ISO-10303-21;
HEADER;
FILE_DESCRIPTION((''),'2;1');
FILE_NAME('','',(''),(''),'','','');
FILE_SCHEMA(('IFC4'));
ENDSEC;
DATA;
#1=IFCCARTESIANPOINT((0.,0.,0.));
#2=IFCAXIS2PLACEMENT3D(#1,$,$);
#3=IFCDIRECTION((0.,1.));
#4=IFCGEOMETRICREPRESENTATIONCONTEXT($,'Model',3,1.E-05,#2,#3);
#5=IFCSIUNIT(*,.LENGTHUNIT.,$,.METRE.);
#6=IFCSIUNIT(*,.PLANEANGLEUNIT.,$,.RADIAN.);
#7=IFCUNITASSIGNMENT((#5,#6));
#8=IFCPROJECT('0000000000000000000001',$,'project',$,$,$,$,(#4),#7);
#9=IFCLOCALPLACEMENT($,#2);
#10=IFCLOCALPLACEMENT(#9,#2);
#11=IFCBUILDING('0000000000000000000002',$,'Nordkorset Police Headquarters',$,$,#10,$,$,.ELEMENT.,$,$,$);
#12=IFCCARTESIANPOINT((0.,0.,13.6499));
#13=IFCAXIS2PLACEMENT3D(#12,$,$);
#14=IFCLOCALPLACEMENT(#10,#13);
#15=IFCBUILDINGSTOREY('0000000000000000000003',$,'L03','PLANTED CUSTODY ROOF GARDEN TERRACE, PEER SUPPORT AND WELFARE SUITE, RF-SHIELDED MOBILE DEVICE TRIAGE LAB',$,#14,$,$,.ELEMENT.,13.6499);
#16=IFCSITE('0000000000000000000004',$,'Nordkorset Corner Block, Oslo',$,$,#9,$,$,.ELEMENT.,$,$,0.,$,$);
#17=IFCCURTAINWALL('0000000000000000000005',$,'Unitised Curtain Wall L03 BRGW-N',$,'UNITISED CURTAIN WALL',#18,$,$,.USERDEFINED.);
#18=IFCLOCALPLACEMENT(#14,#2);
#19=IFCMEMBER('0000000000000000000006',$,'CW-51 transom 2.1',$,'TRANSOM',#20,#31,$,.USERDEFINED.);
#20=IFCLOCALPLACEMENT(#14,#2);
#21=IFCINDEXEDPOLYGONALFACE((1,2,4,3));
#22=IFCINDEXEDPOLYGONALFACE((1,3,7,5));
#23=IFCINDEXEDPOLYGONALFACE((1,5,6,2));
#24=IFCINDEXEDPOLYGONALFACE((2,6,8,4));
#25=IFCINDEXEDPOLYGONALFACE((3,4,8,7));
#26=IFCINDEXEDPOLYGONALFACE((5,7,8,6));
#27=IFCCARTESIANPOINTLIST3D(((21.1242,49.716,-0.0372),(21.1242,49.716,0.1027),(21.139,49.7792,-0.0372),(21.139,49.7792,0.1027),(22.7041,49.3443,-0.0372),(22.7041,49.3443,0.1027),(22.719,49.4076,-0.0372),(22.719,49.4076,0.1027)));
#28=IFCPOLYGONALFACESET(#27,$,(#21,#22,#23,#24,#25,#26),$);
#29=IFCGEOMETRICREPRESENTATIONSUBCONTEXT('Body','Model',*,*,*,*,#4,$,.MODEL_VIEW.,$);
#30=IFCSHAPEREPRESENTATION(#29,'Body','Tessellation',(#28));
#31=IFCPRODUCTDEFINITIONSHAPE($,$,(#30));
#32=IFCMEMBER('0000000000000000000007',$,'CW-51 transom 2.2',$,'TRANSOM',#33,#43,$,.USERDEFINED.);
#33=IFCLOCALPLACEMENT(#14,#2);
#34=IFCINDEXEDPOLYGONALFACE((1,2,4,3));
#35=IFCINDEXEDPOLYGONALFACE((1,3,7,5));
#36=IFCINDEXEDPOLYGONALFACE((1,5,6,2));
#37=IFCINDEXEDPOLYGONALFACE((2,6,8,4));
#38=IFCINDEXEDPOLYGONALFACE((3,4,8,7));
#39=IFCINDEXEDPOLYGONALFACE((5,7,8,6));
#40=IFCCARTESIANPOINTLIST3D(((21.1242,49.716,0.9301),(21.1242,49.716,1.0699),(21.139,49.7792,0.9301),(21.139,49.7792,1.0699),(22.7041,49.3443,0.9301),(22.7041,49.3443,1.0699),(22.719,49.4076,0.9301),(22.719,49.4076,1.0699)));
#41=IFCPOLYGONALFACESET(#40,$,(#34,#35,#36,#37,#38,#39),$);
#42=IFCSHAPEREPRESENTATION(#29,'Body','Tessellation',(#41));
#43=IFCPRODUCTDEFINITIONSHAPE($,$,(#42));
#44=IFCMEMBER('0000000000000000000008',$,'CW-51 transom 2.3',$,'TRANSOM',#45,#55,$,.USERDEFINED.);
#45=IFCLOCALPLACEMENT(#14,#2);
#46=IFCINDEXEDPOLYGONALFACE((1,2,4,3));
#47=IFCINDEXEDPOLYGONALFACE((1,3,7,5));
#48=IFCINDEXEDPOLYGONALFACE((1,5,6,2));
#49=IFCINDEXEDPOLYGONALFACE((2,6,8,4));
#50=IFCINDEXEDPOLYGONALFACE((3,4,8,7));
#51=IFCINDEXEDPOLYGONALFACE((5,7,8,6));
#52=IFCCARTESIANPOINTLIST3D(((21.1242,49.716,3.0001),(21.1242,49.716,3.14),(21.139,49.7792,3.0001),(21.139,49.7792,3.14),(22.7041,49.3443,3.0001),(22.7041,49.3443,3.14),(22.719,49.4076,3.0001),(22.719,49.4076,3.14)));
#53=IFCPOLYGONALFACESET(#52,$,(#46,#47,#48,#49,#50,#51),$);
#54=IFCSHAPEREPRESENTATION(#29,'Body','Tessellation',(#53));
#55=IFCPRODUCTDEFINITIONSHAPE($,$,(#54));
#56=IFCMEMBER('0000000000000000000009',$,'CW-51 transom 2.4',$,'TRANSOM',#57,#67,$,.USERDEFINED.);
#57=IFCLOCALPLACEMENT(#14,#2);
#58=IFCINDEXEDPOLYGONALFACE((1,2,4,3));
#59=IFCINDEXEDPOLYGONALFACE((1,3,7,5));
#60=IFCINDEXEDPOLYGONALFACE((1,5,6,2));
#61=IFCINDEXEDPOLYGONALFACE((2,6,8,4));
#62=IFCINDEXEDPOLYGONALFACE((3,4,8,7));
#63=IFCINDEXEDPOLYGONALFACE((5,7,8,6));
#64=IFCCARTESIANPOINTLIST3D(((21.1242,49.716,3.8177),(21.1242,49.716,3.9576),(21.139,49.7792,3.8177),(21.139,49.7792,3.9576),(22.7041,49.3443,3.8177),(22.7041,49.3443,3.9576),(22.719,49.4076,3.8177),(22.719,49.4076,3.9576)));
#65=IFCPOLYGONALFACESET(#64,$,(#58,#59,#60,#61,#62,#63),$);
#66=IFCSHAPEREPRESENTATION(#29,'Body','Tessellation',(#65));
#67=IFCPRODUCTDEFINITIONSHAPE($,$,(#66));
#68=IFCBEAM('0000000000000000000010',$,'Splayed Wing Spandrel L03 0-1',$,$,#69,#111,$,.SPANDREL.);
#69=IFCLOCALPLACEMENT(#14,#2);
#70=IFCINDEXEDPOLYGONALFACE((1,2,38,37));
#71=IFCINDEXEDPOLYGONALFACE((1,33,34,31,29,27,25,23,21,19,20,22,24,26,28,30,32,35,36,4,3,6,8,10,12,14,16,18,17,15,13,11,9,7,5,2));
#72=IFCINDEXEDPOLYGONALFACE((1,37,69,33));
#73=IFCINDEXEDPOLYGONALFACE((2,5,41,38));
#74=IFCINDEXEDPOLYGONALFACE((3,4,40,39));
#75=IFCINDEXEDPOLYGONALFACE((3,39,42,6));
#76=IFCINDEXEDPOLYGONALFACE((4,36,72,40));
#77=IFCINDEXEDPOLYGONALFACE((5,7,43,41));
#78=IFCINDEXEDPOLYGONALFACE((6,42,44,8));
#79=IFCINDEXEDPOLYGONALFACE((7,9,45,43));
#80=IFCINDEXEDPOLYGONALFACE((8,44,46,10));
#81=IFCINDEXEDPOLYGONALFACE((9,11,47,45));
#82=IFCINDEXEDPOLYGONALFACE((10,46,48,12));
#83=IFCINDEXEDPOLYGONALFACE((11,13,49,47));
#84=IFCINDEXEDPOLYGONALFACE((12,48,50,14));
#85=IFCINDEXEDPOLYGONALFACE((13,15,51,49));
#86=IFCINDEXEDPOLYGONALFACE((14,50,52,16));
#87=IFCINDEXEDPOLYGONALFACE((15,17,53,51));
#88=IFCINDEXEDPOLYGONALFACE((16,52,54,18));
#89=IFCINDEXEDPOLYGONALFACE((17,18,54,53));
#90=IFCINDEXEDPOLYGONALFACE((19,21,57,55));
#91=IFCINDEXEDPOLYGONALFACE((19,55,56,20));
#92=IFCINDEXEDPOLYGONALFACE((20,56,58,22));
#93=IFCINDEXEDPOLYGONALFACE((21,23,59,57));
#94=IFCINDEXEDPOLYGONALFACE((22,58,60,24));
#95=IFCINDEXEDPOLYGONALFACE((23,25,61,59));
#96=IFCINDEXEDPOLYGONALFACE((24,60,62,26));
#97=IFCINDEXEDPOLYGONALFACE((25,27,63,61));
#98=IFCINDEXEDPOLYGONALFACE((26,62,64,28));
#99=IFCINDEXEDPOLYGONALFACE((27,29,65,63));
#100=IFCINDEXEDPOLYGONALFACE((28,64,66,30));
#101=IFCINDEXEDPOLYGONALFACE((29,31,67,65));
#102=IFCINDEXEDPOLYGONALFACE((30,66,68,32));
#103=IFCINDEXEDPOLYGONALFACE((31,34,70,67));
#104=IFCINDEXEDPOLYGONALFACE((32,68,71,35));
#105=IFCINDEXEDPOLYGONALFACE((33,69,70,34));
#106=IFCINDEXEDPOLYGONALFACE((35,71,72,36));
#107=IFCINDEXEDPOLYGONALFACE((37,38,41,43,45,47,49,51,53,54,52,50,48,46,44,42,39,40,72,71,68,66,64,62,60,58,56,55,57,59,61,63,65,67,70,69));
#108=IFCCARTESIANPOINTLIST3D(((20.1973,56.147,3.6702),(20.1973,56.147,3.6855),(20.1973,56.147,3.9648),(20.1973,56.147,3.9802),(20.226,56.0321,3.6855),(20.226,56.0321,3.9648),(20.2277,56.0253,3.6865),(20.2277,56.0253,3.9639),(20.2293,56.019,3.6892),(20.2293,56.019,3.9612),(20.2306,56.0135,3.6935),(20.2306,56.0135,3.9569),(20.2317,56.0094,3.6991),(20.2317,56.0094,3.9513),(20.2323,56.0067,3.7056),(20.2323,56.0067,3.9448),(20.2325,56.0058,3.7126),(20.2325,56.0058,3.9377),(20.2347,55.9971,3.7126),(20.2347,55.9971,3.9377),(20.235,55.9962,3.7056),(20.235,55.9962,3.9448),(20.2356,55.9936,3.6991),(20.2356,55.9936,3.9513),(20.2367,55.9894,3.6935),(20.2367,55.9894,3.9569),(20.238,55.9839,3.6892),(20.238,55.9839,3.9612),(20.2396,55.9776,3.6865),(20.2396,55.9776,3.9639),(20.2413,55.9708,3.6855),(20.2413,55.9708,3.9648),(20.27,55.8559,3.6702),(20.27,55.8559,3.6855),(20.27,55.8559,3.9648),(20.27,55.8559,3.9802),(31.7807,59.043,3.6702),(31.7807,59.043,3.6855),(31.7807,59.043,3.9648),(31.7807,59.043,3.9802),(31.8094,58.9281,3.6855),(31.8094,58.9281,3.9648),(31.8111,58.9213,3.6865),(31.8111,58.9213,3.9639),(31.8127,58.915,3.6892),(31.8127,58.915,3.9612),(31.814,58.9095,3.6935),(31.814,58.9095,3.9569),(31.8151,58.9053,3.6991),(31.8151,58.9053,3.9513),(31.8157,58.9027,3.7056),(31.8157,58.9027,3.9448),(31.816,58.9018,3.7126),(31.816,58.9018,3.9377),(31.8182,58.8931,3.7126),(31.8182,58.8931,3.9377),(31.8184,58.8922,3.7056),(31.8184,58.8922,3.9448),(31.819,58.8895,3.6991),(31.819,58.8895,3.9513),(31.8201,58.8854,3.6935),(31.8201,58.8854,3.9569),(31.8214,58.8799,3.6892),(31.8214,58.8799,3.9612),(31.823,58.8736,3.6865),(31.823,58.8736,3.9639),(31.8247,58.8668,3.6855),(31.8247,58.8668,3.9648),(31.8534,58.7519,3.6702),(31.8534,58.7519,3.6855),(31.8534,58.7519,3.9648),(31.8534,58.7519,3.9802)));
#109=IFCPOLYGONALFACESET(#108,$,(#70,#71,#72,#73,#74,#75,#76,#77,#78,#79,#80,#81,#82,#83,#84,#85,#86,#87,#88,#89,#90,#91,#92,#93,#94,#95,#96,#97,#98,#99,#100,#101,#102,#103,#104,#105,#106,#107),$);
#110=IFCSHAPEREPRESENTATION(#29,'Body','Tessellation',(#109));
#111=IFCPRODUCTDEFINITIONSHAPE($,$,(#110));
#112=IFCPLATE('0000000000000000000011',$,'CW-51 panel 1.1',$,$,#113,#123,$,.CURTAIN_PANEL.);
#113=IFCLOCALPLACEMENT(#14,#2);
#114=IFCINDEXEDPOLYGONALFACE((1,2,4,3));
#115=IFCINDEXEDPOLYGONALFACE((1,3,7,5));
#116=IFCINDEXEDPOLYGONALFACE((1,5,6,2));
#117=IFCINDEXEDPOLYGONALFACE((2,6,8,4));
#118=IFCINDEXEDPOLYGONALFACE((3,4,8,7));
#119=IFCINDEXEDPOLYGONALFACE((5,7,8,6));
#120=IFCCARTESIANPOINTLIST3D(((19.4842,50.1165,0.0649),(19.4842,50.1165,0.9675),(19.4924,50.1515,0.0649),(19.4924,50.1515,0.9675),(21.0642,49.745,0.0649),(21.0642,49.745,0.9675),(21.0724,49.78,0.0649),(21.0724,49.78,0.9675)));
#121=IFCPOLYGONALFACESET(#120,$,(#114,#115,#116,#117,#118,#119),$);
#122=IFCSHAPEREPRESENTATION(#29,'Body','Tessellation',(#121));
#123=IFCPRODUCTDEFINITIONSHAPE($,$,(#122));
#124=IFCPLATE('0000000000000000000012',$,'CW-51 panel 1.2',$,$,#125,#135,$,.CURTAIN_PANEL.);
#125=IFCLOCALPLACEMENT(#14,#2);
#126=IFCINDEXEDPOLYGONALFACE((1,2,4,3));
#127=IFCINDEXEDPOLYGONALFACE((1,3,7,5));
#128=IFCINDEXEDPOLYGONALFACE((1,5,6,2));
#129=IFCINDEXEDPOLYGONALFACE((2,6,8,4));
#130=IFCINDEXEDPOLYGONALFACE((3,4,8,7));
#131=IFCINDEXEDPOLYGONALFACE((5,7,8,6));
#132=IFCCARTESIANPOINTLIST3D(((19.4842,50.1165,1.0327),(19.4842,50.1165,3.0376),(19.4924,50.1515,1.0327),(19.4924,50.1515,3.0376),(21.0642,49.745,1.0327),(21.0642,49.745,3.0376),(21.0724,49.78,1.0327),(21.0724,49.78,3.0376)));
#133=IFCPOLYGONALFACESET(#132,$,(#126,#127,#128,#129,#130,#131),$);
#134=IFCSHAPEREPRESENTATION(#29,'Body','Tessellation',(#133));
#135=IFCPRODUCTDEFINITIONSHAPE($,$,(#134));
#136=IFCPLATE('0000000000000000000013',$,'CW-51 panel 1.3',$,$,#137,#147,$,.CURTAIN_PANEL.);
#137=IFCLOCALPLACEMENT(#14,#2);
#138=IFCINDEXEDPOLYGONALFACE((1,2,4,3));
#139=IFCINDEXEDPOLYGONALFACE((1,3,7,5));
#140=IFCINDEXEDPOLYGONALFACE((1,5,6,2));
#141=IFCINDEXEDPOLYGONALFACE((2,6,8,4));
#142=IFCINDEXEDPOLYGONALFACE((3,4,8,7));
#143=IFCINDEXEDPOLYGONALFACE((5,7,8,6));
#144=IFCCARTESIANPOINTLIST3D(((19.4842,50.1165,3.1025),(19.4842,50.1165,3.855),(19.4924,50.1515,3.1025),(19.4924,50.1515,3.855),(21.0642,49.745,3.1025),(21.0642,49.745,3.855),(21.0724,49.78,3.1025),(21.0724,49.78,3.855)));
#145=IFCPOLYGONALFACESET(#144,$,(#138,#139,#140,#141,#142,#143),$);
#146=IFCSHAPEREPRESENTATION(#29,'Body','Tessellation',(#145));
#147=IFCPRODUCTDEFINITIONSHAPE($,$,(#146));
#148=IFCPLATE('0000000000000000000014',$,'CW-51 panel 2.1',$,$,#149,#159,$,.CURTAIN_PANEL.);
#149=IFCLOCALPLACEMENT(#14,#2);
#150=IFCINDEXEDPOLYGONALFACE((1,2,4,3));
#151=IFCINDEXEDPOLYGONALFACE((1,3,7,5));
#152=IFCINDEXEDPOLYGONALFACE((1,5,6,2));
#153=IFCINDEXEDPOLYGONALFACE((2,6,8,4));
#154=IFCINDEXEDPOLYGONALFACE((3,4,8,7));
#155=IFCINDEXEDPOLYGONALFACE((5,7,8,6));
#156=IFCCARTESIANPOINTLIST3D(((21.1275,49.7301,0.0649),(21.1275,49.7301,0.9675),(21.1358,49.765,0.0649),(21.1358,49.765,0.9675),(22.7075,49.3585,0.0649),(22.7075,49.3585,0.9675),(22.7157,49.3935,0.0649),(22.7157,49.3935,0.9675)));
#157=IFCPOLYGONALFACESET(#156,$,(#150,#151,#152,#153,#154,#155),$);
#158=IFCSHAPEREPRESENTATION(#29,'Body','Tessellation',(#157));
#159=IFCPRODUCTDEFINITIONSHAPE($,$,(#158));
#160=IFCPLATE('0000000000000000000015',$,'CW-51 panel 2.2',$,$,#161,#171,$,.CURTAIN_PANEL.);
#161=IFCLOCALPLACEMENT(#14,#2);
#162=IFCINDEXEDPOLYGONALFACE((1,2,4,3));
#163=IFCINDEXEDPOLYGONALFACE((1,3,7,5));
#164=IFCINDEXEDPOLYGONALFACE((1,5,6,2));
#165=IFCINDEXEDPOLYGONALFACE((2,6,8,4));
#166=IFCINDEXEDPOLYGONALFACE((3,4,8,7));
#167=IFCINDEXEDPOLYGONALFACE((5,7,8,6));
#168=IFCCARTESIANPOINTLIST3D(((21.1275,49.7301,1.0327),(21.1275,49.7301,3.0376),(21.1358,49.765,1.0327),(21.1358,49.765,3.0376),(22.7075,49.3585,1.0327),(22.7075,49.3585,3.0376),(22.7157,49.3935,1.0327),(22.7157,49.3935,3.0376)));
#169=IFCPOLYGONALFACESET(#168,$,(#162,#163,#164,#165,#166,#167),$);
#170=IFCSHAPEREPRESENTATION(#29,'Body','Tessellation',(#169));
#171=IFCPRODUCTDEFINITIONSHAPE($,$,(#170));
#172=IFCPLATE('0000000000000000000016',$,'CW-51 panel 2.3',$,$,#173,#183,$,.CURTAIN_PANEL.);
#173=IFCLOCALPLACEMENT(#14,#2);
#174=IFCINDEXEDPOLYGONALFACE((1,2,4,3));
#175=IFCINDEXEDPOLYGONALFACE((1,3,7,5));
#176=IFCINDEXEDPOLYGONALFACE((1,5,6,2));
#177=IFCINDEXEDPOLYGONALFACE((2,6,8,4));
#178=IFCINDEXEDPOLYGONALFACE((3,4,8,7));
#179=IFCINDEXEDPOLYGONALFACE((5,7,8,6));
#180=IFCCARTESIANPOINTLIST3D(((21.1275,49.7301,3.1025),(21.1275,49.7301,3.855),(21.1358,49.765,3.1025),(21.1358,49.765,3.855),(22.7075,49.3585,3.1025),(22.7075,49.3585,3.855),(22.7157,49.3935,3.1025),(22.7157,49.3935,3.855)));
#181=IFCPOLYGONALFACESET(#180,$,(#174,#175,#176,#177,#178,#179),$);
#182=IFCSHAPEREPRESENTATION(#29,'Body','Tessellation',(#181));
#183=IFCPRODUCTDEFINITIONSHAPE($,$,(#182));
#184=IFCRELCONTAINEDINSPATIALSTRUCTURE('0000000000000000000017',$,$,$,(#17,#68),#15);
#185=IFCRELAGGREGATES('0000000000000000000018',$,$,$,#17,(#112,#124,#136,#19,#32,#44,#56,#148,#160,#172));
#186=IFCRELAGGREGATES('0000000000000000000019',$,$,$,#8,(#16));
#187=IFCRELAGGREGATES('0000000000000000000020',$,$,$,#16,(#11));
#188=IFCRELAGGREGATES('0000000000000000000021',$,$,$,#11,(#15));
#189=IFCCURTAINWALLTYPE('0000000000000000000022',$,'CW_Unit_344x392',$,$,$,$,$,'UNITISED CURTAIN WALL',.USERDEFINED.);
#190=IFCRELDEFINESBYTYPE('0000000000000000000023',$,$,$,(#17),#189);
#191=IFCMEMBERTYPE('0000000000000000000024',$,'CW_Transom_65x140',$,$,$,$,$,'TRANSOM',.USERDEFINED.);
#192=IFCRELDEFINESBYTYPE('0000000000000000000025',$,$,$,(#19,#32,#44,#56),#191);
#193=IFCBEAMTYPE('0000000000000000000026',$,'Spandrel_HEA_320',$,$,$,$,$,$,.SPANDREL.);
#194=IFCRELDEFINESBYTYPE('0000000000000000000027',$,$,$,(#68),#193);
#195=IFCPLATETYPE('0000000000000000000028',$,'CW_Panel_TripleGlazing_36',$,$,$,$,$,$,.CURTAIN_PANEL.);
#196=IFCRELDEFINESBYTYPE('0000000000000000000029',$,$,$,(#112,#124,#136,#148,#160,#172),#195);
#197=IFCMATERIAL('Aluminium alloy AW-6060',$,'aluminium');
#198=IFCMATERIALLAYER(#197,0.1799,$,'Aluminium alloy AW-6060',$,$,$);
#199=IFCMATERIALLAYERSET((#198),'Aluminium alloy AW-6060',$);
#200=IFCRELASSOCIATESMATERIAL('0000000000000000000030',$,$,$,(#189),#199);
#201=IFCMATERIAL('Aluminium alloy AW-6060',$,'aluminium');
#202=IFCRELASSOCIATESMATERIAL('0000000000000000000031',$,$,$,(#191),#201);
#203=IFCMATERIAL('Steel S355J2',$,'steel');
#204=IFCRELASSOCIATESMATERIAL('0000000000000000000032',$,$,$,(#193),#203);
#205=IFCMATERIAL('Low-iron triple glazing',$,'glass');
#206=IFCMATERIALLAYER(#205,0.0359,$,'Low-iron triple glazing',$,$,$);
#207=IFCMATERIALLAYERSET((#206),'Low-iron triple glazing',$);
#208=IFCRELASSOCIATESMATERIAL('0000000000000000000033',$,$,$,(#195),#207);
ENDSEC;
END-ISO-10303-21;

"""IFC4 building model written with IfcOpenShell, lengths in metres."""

from ifc_helpers import new_model, si_unit, direction, frame, origin, origin_2d, place, context, subcontext, project, spatial, rectangle, i_section, extrude, material, layer, layer_set, material_profile, profile_set, type_object, element, aggregate, save


model = new_model("IFC4")

# Units and contexts
model_context = context("Model", 3, precision=1e-05, world=origin(), true_north=direction((0.0, 1.0)))
body_context = subcontext(model_context, "Body", "Model", "MODEL_VIEW")
ifc_project = project(units=[si_unit("LENGTHUNIT", "METRE"), si_unit("PLANEANGLEUNIT", "RADIAN")], contexts=[model_context])

# Site, building, storey
site_placement = place(None, origin())
site = spatial("IfcSite", under=ifc_project, at=site_placement, Name="Nordkorset Corner Block, Oslo", CompositionType="ELEMENT", RefElevation=0.0)
building_placement = place(site_placement, origin())
building = spatial("IfcBuilding", under=site, at=building_placement, Name="Nordkorset Police Headquarters", CompositionType="ELEMENT")
storey_placement = place(building_placement, frame((0.0, 0.0, 13.6499)))
storey = spatial("IfcBuildingStorey", under=building, at=storey_placement, Name="L03", Description="PLANTED CUSTODY ROOF GARDEN TERRACE, PEER SUPPORT AND WELFARE SUITE, RF-SHIELDED MOBILE DEVICE TRIAGE LAB", CompositionType="ELEMENT", Elevation=13.6499)

# Curtain wall, members
ifc_material_1 = material(Name="Aluminium alloy AW-6060", Category="aluminium")
ifc_layer_1 = layer(ifc_material_1, 0.1799, Name="Aluminium alloy AW-6060")
ifc_layer_set_1 = layer_set([ifc_layer_1], Name="Aluminium alloy AW-6060")
curtain_wall_type_1 = type_object("IfcCurtainWallType", Name="CW_Unit_344x392", ElementType="UNITISED CURTAIN WALL", PredefinedType="USERDEFINED", material=ifc_layer_set_1)
curtain_wall_1_placement = place(storey_placement, origin())
curtain_wall_1 = element("IfcCurtainWall", 1, at=curtain_wall_1_placement, inside=storey, type_object=curtain_wall_type_1, Name="Unitised Curtain Wall L03 BRGW-N", ObjectType="UNITISED CURTAIN WALL", PredefinedType="USERDEFINED")
ifc_material_2 = material(Name="Aluminium alloy AW-6060", Category="aluminium")
ifc_material_profile_1 = material_profile(ifc_material_2, rectangle(XDim=0.0649, YDim=0.1399, at=origin_2d()), Name="ALU TRAN 65x140")
ifc_profile_set_1 = profile_set([ifc_material_profile_1], Name="Aluminium alloy AW-6060")
member_type_1 = type_object("IfcMemberType", Name="CW_Transom_65x140", ElementType="TRANSOM", PredefinedType="USERDEFINED", material=ifc_profile_set_1)
member_1_placement = place(storey_placement, frame((21.1316, 49.7476, 0.0327), z_axis=(0.973437, -0.228955, 0.0), x_axis=(0.228955, 0.973437, 0.0)))
member_1 = element("IfcMember", 2, at=member_1_placement, type_object=member_type_1, Name="CW-51 transom 2.1", ObjectType="TRANSOM", PredefinedType="USERDEFINED", context=body_context, shape_type="SweptSolid", body=[
    extrude(rectangle(XDim=0.0649, YDim=0.1399, at=origin_2d()), origin(), (0.0, 0.0, 1.0), 1.623),
])
member_2_placement = place(storey_placement, frame((21.1316, 49.7476, 1.0), z_axis=(0.973437, -0.228955, 0.0), x_axis=(0.228955, 0.973437, 0.0)))
member_2 = element("IfcMember", 3, at=member_2_placement, type_object=member_type_1, Name="CW-51 transom 2.2", ObjectType="TRANSOM", PredefinedType="USERDEFINED", context=body_context, shape_type="SweptSolid", body=[
    extrude(rectangle(XDim=0.0649, YDim=0.1399, at=origin_2d()), origin(), (0.0, 0.0, 1.0), 1.623),
])
member_3_placement = place(storey_placement, frame((21.1316, 49.7476, 3.0701), z_axis=(0.973437, -0.228955, 0.0), x_axis=(0.228955, 0.973437, 0.0)))
member_3 = element("IfcMember", 4, at=member_3_placement, type_object=member_type_1, Name="CW-51 transom 2.3", ObjectType="TRANSOM", PredefinedType="USERDEFINED", context=body_context, shape_type="SweptSolid", body=[
    extrude(rectangle(XDim=0.0649, YDim=0.1399, at=origin_2d()), origin(), (0.0, 0.0, 1.0), 1.623),
])
member_4_placement = place(storey_placement, frame((21.1316, 49.7476, 3.8877), z_axis=(0.973437, -0.228955, 0.0), x_axis=(0.228955, 0.973437, 0.0)))
member_4 = element("IfcMember", 5, at=member_4_placement, type_object=member_type_1, Name="CW-51 transom 2.4", ObjectType="TRANSOM", PredefinedType="USERDEFINED", context=body_context, shape_type="SweptSolid", body=[
    extrude(rectangle(XDim=0.0649, YDim=0.1399, at=origin_2d()), origin(), (0.0, 0.0, 1.0), 1.623),
])

# Beam
ifc_material_3 = material(Name="Steel S355J2", Category="steel")
ifc_material_profile_2 = material_profile(ifc_material_3, i_section(OverallWidth=0.3, OverallDepth=0.3101, WebThickness=0.009, FlangeThickness=0.0154, FilletRadius=0.0271, at=origin_2d()), Name="HEA 320")
ifc_profile_set_2 = profile_set([ifc_material_profile_2], Name="Steel S355J2")
beam_type = type_object("IfcBeamType", Name="Spandrel_HEA_320", PredefinedType="SPANDREL", material=ifc_profile_set_2)
beam_placement = place(storey_placement, frame((20.2336, 56.0015, 3.8252), z_axis=(0.97014, 0.242545, 0.0), x_axis=(-0.242545, 0.97014, 0.0)))
element("IfcBeam", 6, at=beam_placement, inside=storey, type_object=beam_type, Name="Splayed Wing Spandrel L03 0-1", PredefinedType="SPANDREL", context=body_context, shape_type="SweptSolid", body=[
    extrude(i_section(OverallWidth=0.3, OverallDepth=0.3101, WebThickness=0.009, FlangeThickness=0.0154, FilletRadius=0.0271, at=origin_2d()), origin(), (0.0, 0.0, 1.0), 11.9399),
])

# Plates
ifc_material_4 = material(Name="Low-iron triple glazing", Category="glass")
ifc_layer_2 = layer(ifc_material_4, 0.0359, Name="Low-iron triple glazing")
ifc_layer_set_2 = layer_set([ifc_layer_2], Name="Low-iron triple glazing")
plate_type_1 = type_object("IfcPlateType", Name="CW_Panel_TripleGlazing_36", PredefinedType="CURTAIN_PANEL", material=ifc_layer_set_2)
plate_1_placement = place(storey_placement, frame((20.2783, 49.9482, 0.0649), z_axis=(0.0, 0.0, 1.0), x_axis=(0.973452, -0.228893, 0.0)))
plate_1 = element("IfcPlate", 7, at=plate_1_placement, type_object=plate_type_1, Name="CW-51 panel 1.1", PredefinedType="CURTAIN_PANEL", context=body_context, shape_type="SweptSolid", body=[
    extrude(rectangle(XDim=1.623, YDim=0.0359, at=origin_2d()), origin(), (0.0, 0.0, 1.0), 0.9026),
])
plate_2_placement = place(storey_placement, frame((20.2783, 49.9482, 1.0327), z_axis=(0.0, 0.0, 1.0), x_axis=(0.973452, -0.228893, 0.0)))
plate_2 = element("IfcPlate", 8, at=plate_2_placement, type_object=plate_type_1, Name="CW-51 panel 1.2", PredefinedType="CURTAIN_PANEL", context=body_context, shape_type="SweptSolid", body=[
    extrude(rectangle(XDim=1.623, YDim=0.0359, at=origin_2d()), origin(), (0.0, 0.0, 1.0), 2.0049),
])
plate_3_placement = place(storey_placement, frame((20.2783, 49.9482, 3.1025), z_axis=(0.0, 0.0, 1.0), x_axis=(0.973452, -0.228893, 0.0)))
plate_3 = element("IfcPlate", 9, at=plate_3_placement, type_object=plate_type_1, Name="CW-51 panel 1.3", PredefinedType="CURTAIN_PANEL", context=body_context, shape_type="SweptSolid", body=[
    extrude(rectangle(XDim=1.623, YDim=0.0359, at=origin_2d()), origin(), (0.0, 0.0, 1.0), 0.7524),
])
plate_4_placement = place(storey_placement, frame((21.9216, 49.5618, 0.0649), z_axis=(0.0, 0.0, 1.0), x_axis=(0.973452, -0.228893, 0.0)))
plate_4 = element("IfcPlate", 10, at=plate_4_placement, type_object=plate_type_1, Name="CW-51 panel 2.1", PredefinedType="CURTAIN_PANEL", context=body_context, shape_type="SweptSolid", body=[
    extrude(rectangle(XDim=1.623, YDim=0.0359, at=origin_2d()), origin(), (0.0, 0.0, 1.0), 0.9026),
])
plate_5_placement = place(storey_placement, frame((21.9216, 49.5618, 1.0327), z_axis=(0.0, 0.0, 1.0), x_axis=(0.973452, -0.228893, 0.0)))
plate_5 = element("IfcPlate", 11, at=plate_5_placement, type_object=plate_type_1, Name="CW-51 panel 2.2", PredefinedType="CURTAIN_PANEL", context=body_context, shape_type="SweptSolid", body=[
    extrude(rectangle(XDim=1.623, YDim=0.0359, at=origin_2d()), origin(), (0.0, 0.0, 1.0), 2.0049),
])
plate_6_placement = place(storey_placement, frame((21.9216, 49.5618, 3.1025), z_axis=(0.0, 0.0, 1.0), x_axis=(0.973452, -0.228893, 0.0)))
plate_6 = element("IfcPlate", 12, at=plate_6_placement, type_object=plate_type_1, Name="CW-51 panel 2.3", PredefinedType="CURTAIN_PANEL", context=body_context, shape_type="SweptSolid", body=[
    extrude(rectangle(XDim=1.623, YDim=0.0359, at=origin_2d()), origin(), (0.0, 0.0, 1.0), 0.7524),
])
aggregate(curtain_wall_1, [plate_1, plate_2, plate_3, member_1, member_2, member_3, member_4, plate_4, plate_5, plate_6])

save(model, "model.ifc")
